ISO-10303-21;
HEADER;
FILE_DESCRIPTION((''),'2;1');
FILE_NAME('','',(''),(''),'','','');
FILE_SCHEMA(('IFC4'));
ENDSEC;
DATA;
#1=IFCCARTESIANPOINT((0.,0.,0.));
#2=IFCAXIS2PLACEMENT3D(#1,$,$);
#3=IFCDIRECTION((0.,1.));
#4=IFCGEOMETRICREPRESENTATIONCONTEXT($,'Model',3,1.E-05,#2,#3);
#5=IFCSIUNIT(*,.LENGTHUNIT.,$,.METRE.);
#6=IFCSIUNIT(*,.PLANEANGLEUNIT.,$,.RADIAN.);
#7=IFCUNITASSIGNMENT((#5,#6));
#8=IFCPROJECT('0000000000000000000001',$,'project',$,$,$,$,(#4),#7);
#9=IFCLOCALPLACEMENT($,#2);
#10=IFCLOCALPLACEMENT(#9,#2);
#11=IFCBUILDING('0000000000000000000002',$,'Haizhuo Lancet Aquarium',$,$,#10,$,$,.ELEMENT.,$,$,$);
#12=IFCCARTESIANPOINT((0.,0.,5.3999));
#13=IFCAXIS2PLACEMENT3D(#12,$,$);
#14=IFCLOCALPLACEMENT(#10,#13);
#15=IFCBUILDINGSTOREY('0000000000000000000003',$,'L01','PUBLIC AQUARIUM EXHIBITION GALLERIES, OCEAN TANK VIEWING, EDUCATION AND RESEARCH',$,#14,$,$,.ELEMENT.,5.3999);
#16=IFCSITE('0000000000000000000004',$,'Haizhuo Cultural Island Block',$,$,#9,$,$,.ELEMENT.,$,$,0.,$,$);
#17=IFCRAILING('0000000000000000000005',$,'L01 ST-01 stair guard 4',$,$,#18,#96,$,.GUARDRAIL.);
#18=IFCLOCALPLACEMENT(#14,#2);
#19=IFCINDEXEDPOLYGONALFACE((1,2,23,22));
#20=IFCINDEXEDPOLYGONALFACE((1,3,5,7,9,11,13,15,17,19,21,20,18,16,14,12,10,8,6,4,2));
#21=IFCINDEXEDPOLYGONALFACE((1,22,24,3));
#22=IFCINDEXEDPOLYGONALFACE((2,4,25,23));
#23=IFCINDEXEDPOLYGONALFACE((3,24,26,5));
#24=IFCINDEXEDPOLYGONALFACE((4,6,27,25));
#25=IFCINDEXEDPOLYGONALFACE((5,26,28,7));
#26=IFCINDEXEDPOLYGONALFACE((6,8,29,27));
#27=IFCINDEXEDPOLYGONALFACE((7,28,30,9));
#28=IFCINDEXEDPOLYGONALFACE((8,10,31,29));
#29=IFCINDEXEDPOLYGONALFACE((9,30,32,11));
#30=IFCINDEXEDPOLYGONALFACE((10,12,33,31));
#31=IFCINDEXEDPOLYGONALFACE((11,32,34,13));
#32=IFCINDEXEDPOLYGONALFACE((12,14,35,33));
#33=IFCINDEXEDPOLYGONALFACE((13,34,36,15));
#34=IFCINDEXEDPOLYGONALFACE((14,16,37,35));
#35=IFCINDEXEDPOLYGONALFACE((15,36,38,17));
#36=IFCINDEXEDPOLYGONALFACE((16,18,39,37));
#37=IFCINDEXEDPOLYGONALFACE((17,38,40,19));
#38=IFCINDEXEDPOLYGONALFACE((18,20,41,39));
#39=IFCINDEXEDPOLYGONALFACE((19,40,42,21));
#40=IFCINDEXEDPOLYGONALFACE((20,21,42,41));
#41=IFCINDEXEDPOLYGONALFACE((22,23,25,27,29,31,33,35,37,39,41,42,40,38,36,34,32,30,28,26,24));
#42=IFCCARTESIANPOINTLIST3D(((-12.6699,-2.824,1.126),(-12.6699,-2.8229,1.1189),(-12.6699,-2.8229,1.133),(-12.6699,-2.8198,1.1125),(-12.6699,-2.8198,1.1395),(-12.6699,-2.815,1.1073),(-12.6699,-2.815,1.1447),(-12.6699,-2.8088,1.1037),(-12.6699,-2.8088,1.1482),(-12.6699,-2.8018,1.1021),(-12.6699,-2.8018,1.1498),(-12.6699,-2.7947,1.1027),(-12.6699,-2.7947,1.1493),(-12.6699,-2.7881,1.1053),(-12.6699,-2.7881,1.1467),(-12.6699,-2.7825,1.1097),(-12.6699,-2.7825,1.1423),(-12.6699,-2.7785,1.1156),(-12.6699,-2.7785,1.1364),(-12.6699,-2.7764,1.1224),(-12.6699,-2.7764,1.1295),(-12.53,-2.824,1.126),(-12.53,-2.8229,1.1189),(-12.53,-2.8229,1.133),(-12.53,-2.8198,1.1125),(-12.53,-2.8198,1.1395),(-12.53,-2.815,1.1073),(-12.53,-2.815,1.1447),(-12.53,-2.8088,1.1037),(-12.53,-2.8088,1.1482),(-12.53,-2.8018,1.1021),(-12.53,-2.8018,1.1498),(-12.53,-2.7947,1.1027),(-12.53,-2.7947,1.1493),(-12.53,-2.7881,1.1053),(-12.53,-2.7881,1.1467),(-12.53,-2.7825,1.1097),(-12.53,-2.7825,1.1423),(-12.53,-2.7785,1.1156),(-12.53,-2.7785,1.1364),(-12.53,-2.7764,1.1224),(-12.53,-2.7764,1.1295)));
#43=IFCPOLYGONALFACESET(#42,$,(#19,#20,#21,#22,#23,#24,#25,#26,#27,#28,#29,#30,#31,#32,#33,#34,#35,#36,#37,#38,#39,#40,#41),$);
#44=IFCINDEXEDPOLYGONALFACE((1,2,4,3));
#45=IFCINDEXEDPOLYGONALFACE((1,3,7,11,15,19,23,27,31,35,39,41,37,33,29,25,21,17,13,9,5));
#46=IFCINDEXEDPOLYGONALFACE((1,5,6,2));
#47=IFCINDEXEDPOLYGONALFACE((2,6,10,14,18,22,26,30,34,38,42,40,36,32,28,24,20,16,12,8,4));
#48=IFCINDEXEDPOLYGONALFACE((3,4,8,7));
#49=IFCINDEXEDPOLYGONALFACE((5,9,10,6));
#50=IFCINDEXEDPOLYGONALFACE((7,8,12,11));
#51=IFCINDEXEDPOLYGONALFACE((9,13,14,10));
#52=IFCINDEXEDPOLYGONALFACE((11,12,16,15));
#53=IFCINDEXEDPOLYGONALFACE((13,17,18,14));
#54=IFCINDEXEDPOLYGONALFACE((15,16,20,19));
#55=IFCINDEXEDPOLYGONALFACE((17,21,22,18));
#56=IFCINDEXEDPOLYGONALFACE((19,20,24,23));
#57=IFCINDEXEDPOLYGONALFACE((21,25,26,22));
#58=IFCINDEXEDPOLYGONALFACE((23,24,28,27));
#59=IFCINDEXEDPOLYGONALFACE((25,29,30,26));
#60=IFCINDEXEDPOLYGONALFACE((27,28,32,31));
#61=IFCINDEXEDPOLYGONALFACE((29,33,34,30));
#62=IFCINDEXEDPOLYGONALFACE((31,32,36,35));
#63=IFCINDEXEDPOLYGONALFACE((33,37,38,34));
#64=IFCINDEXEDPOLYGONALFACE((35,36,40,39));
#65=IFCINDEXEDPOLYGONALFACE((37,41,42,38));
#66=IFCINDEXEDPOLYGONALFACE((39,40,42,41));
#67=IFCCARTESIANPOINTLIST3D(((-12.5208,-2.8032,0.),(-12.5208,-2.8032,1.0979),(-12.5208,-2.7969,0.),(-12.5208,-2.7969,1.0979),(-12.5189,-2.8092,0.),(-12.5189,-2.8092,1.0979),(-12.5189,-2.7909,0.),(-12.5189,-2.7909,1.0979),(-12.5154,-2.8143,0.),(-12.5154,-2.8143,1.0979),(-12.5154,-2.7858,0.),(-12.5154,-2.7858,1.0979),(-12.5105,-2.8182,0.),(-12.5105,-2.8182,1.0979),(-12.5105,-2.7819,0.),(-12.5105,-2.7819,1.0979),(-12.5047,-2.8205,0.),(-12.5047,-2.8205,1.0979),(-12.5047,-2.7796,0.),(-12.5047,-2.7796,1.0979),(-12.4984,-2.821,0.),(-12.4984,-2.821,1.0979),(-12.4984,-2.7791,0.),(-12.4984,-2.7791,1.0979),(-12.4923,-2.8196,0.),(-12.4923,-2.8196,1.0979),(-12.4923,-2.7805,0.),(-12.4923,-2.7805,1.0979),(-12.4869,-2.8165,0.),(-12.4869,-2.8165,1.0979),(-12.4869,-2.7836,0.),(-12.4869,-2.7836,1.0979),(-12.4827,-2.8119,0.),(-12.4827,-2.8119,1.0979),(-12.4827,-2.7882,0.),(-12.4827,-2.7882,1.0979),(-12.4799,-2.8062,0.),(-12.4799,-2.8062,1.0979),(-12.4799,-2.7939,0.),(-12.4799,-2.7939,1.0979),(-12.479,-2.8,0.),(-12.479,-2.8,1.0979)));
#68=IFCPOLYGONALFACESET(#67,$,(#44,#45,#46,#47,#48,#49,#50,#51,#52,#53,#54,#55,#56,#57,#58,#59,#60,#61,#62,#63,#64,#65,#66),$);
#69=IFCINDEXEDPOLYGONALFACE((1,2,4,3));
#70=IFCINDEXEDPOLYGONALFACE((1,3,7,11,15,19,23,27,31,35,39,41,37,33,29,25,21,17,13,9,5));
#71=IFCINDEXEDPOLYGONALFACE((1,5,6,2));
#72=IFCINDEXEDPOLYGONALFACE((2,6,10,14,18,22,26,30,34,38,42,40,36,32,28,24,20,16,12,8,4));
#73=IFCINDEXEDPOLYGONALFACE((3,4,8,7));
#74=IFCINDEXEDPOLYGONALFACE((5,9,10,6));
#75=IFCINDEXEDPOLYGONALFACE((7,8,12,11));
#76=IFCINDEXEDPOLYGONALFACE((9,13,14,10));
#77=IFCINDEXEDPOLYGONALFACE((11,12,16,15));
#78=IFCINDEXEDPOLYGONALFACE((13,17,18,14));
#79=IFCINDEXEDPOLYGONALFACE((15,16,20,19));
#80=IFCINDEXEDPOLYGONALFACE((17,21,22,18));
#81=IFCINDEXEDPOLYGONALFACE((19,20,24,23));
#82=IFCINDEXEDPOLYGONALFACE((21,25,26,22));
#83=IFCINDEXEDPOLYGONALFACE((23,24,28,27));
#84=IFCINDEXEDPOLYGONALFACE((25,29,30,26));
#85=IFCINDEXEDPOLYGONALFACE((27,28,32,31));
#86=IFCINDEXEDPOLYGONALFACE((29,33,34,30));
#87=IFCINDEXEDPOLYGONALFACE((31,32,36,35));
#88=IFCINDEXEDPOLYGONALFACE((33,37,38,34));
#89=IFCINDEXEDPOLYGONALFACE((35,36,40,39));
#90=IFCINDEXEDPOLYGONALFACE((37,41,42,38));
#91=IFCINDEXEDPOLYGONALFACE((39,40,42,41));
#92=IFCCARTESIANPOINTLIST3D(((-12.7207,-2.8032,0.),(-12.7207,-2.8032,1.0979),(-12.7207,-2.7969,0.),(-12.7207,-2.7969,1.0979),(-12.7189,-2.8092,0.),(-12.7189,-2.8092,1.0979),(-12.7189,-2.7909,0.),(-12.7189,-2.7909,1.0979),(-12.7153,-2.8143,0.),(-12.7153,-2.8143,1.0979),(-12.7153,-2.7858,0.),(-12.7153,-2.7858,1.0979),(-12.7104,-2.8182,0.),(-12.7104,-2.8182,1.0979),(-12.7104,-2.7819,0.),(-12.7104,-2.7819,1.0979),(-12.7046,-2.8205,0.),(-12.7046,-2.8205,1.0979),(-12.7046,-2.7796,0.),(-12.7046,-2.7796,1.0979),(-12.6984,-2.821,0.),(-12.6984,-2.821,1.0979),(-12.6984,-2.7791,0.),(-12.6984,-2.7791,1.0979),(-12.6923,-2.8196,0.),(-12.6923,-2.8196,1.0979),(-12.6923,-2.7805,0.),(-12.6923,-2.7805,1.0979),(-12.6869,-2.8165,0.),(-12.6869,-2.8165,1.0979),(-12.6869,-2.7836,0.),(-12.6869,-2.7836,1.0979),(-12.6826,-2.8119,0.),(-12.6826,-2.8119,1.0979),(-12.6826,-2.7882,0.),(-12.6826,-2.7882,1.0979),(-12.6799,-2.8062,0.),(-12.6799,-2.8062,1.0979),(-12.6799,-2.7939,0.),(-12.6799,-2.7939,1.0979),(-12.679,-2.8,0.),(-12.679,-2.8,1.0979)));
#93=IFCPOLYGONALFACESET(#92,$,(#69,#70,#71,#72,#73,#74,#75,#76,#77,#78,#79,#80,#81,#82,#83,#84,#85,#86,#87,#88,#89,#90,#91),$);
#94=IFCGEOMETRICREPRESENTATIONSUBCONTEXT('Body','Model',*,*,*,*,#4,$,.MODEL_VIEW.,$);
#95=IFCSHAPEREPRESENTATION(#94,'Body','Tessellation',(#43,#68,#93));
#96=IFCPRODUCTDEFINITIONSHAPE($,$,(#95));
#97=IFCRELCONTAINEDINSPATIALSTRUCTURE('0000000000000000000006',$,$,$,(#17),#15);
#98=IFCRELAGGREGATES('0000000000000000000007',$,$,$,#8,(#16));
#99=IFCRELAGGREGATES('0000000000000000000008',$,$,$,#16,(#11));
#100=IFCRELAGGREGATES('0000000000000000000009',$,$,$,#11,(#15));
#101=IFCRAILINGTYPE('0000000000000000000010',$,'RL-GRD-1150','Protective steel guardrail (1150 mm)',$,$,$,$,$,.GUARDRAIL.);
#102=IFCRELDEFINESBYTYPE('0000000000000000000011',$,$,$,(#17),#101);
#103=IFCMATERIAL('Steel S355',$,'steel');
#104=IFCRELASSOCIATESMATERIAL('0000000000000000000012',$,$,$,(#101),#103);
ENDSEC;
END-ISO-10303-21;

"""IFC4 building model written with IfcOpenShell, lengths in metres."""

from ifc_helpers import new_model, si_unit, direction, frame, origin, origin_2d, place, context, subcontext, project, spatial, circle, extrude, material, type_object, element, save


model = new_model("IFC4")

# Units and contexts
model_context = context("Model", 3, precision=1e-05, world=origin(), true_north=direction((0.0, 1.0)))
body_context = subcontext(model_context, "Body", "Model", "MODEL_VIEW")
ifc_project = project(units=[si_unit("LENGTHUNIT", "METRE"), si_unit("PLANEANGLEUNIT", "RADIAN")], contexts=[model_context])

# Site, building, storey
site_placement = place(None, origin())
site = spatial("IfcSite", under=ifc_project, at=site_placement, Name="Haizhuo Cultural Island Block", CompositionType="ELEMENT", RefElevation=0.0)
building_placement = place(site_placement, origin())
building = spatial("IfcBuilding", under=site, at=building_placement, Name="Haizhuo Lancet Aquarium", CompositionType="ELEMENT")
storey_placement = place(building_placement, frame((0.0, 0.0, 5.3999)))
storey = spatial("IfcBuildingStorey", under=building, at=storey_placement, Name="L01", Description="PUBLIC AQUARIUM EXHIBITION GALLERIES, OCEAN TANK VIEWING, EDUCATION AND RESEARCH", CompositionType="ELEMENT", Elevation=5.3999)

# Shared definitions
ifc_material_1 = material(Name="Steel S355", Category="steel")

# Railing
railing_type_1 = type_object("IfcRailingType", Name="RL-GRD-1150", Description="Protective steel guardrail (1150 mm)", PredefinedType="GUARDRAIL", material=ifc_material_1)
railing_1_placement = place(storey_placement, frame((-12.5, -2.8, 0.0)))
element("IfcRailing", 1, at=railing_1_placement, inside=storey, type_object=railing_type_1, Name="L01 ST-01 stair guard 4", PredefinedType="GUARDRAIL", context=body_context, shape_type="SweptSolid", body=[
    extrude(circle(Radius=0.0239, at=origin_2d()), frame((-0.03, 0.0, 1.126), z_axis=(-1.0, 0.0, 0.0), x_axis=(0.0, -1.0, 0.0)), (0.0, 0.0, 1.0), 0.1399),
    extrude(circle(Radius=0.021, at=origin_2d()), origin(), (0.0, 0.0, 1.0), 1.0979),
    extrude(circle(Radius=0.021, at=origin_2d()), frame((-0.2, 0.0, 0.0)), (0.0, 0.0, 1.0), 1.0979),
])

save(model, "model.ifc")
